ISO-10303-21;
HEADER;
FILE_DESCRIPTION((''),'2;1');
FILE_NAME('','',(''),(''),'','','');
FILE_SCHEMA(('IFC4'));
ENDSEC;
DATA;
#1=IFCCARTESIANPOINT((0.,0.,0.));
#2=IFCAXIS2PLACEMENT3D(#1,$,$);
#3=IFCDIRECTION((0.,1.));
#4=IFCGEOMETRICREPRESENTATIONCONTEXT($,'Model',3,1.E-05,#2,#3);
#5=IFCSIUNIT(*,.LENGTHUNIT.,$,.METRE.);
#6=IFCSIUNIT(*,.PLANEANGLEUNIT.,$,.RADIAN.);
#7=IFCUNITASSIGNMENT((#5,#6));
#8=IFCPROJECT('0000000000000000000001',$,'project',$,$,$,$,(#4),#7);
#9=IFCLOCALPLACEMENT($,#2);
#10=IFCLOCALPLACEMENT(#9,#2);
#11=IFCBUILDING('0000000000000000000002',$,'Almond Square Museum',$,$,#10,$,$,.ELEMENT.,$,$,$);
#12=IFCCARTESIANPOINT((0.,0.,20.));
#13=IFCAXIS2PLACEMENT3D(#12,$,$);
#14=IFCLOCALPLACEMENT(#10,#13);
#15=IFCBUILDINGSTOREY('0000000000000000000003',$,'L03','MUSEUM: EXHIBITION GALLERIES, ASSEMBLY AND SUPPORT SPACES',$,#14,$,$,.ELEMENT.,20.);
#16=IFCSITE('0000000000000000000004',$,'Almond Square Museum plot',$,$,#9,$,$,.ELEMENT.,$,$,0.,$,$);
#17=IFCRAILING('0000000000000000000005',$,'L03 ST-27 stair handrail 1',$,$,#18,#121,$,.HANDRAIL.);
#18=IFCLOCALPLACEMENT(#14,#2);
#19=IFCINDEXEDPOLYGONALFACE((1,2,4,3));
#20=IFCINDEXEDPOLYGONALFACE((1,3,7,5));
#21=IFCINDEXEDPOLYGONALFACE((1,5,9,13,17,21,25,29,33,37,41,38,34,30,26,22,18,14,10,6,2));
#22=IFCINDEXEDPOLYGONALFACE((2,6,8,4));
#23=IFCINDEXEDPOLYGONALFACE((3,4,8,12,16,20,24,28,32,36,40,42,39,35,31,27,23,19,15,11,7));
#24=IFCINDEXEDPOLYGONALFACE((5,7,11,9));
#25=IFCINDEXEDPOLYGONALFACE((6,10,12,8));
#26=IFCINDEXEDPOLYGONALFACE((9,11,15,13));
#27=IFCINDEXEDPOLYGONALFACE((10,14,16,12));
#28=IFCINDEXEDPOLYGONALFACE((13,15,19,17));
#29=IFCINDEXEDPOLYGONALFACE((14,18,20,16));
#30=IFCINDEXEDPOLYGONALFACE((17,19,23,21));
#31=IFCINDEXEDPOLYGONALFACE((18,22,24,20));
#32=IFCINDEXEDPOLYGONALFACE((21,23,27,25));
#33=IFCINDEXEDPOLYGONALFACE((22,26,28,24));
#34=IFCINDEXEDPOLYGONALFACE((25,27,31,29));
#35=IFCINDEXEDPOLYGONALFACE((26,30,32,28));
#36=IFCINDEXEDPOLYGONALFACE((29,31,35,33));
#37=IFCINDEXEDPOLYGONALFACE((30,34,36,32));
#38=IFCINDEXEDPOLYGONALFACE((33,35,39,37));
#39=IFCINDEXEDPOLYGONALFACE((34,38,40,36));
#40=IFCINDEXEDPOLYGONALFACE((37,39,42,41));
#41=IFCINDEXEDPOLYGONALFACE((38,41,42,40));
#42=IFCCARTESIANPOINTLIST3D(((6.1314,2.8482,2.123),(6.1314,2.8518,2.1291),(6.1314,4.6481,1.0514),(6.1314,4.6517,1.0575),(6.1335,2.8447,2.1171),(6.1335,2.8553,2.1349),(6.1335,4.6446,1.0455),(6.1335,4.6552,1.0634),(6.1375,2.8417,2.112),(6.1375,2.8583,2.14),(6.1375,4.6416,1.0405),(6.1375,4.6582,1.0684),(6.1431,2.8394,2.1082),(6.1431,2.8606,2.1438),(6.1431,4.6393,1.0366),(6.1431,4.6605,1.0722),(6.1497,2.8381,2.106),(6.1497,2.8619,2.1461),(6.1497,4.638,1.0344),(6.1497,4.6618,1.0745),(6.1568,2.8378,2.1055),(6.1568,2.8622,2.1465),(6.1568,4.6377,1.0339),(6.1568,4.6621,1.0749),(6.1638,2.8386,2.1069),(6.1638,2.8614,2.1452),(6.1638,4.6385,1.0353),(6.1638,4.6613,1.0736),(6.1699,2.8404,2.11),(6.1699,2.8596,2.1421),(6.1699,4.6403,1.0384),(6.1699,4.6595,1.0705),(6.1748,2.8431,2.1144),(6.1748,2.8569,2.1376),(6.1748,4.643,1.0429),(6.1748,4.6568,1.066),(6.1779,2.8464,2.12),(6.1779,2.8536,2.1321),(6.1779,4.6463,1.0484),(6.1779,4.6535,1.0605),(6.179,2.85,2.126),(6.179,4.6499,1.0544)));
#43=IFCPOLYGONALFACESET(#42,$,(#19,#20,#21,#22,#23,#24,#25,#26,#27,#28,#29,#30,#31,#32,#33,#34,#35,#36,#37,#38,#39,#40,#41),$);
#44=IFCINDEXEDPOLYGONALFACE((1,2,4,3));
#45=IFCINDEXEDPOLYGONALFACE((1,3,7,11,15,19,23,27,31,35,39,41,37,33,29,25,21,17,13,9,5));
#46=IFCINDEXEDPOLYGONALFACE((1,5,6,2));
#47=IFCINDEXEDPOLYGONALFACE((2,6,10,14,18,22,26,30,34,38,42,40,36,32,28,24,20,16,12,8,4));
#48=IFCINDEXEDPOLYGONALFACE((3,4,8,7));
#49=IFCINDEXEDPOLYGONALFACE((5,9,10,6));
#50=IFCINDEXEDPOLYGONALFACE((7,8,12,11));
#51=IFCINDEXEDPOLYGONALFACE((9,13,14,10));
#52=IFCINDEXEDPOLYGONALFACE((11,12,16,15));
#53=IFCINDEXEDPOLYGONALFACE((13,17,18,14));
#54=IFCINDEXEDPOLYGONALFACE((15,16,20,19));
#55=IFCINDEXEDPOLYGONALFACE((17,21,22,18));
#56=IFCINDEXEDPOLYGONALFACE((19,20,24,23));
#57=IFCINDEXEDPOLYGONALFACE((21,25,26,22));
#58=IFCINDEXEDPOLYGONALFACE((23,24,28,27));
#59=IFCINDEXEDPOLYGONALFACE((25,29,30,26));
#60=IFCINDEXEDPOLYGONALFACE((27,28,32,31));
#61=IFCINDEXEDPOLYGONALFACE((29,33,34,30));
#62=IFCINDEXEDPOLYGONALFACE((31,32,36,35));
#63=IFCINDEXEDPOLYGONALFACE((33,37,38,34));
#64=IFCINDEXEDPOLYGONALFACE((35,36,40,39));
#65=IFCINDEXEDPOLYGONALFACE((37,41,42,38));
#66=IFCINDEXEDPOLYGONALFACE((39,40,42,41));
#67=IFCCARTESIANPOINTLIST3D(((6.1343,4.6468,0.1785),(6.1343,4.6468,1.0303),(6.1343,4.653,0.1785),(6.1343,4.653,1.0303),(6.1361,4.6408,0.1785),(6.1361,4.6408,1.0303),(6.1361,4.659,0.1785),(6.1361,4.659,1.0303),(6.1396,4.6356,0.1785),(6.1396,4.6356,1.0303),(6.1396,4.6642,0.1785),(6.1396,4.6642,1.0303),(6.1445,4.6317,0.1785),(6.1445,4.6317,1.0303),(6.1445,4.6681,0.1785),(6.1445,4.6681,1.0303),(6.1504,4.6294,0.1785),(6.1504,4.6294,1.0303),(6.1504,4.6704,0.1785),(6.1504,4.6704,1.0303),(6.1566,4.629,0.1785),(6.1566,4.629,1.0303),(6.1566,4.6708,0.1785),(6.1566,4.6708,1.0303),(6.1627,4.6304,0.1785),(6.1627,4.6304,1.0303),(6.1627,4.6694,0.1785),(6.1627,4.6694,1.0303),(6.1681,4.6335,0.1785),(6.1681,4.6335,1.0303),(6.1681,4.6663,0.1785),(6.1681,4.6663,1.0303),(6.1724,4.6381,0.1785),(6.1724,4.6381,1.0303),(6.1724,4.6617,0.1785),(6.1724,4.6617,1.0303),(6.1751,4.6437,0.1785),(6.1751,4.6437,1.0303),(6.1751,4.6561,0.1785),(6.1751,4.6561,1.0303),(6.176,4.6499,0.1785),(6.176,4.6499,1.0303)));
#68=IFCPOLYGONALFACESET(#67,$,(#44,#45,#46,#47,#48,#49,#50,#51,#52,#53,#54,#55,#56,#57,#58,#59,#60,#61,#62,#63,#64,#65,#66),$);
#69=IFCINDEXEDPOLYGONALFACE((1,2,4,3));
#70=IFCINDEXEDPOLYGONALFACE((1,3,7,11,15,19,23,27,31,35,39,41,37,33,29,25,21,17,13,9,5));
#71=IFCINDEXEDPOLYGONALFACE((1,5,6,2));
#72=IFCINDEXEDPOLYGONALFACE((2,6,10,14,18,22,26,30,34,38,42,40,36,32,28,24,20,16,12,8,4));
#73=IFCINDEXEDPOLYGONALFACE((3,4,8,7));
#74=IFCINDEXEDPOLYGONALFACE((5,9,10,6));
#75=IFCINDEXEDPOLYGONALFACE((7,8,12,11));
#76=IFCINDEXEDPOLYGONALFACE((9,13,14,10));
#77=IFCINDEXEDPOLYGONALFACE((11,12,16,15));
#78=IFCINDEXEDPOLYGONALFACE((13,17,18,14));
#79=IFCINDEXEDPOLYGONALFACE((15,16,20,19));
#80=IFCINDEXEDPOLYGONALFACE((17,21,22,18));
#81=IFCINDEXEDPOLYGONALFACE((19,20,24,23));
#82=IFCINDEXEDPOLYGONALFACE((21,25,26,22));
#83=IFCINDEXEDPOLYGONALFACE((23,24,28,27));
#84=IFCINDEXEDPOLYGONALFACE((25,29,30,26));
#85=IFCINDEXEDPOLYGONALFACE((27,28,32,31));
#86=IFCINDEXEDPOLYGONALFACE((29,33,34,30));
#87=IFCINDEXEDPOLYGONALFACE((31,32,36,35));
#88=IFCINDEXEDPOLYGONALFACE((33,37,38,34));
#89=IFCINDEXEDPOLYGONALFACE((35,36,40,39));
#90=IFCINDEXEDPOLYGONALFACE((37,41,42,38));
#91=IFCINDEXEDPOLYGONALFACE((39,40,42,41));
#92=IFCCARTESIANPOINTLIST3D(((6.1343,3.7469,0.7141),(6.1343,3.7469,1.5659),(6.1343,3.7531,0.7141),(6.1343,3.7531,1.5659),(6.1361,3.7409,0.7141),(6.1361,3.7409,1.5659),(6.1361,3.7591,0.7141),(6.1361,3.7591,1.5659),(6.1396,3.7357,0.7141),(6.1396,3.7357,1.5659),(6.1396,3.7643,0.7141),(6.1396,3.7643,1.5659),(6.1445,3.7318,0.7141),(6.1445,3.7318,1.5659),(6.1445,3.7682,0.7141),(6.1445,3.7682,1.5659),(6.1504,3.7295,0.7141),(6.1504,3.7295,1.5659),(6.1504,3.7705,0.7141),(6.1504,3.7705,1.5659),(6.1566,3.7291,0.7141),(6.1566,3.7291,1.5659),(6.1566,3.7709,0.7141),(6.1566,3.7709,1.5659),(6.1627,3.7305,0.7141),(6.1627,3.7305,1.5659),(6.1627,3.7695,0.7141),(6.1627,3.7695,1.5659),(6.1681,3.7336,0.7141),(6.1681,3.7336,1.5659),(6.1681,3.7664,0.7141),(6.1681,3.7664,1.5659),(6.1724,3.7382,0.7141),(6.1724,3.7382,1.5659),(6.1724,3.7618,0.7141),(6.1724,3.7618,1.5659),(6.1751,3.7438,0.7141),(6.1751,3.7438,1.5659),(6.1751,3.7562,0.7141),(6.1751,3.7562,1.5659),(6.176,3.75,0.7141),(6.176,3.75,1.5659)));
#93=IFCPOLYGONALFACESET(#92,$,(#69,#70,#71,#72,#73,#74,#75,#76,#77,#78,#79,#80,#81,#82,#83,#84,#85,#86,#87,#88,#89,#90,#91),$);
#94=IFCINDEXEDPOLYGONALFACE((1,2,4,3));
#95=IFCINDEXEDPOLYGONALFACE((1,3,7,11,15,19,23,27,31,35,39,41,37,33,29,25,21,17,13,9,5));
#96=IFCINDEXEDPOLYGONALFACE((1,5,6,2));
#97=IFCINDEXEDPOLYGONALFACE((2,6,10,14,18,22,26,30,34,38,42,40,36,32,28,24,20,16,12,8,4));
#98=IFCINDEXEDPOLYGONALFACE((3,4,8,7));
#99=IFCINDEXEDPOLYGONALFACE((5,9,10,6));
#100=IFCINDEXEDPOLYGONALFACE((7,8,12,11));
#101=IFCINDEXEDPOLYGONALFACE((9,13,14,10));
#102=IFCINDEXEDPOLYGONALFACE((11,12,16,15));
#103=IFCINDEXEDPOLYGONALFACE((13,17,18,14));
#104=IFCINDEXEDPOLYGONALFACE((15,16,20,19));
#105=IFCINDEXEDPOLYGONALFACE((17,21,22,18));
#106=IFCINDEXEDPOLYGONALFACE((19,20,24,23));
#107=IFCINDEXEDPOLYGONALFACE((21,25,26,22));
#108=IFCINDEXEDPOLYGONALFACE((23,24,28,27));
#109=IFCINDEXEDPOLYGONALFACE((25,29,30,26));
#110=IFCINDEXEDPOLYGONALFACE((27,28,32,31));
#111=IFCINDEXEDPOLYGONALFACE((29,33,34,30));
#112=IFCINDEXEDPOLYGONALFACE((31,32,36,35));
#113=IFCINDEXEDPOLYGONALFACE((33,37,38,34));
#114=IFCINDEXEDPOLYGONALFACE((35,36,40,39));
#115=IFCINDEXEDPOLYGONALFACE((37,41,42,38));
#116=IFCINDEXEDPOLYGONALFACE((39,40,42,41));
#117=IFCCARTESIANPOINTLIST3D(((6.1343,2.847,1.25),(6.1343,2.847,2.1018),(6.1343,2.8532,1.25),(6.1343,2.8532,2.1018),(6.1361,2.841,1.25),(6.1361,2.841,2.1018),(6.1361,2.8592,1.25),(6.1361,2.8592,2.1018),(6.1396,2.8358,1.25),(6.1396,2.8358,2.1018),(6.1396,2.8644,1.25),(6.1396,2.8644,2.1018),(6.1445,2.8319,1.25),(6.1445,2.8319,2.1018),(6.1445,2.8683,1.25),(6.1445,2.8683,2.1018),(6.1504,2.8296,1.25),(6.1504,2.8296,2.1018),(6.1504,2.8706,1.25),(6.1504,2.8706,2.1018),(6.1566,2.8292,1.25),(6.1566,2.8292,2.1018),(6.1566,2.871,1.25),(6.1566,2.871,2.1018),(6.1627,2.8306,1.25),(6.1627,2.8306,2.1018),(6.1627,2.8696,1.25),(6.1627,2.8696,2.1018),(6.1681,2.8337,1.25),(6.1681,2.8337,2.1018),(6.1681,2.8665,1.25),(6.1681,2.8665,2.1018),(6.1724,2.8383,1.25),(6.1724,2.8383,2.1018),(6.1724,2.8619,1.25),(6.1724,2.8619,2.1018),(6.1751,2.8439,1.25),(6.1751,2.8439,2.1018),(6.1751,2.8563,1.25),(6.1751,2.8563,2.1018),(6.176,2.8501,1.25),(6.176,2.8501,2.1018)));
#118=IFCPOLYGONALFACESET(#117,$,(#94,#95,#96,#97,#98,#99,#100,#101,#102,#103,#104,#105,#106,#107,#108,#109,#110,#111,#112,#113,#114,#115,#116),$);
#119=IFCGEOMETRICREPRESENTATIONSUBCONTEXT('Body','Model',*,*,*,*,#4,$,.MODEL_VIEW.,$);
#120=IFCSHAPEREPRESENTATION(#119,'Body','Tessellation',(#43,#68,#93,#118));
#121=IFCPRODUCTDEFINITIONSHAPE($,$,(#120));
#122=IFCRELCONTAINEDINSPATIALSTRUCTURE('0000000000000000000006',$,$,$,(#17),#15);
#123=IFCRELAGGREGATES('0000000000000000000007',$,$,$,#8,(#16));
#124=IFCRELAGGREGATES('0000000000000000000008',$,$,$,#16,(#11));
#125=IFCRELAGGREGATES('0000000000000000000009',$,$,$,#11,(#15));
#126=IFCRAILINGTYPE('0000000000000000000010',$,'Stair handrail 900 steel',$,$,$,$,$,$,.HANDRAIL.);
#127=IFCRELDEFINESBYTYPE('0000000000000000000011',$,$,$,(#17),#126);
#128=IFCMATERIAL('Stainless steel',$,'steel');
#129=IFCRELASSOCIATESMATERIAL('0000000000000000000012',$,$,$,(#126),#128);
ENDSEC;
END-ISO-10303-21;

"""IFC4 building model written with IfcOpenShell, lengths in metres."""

from ifc_helpers import new_model, si_unit, direction, frame, origin, origin_2d, place, context, subcontext, project, spatial, circle, extrude, material, type_object, element, save


model = new_model("IFC4")

# Units and contexts
model_context = context("Model", 3, precision=1e-05, world=origin(), true_north=direction((0.0, 1.0)))
body_context = subcontext(model_context, "Body", "Model", "MODEL_VIEW")
ifc_project = project(units=[si_unit("LENGTHUNIT", "METRE"), si_unit("PLANEANGLEUNIT", "RADIAN")], contexts=[model_context])

# Site, building, storey
site_placement = place(None, origin())
site = spatial("IfcSite", under=ifc_project, at=site_placement, Name="Almond Square Museum plot", CompositionType="ELEMENT", RefElevation=0.0)
building_placement = place(site_placement, origin())
building = spatial("IfcBuilding", under=site, at=building_placement, Name="Almond Square Museum", CompositionType="ELEMENT")
storey_placement = place(building_placement, frame((0.0, 0.0, 20.0)))
storey = spatial("IfcBuildingStorey", under=building, at=storey_placement, Name="L03", Description="MUSEUM: EXHIBITION GALLERIES, ASSEMBLY AND SUPPORT SPACES", CompositionType="ELEMENT", Elevation=20.0)

# Railing
ifc_material_1 = material(Name="Stainless steel", Category="steel")
railing_type_1 = type_object("IfcRailingType", Name="Stair handrail 900 steel", PredefinedType="HANDRAIL", material=ifc_material_1)
railing_1_placement = place(storey_placement, frame((6.155, 4.6499, 0.1785)))
element("IfcRailing", 1, at=railing_1_placement, inside=storey, type_object=railing_type_1, Name="L03 ST-27 stair handrail 1", PredefinedType="HANDRAIL", context=body_context, shape_type="SweptSolid", body=[
    extrude(circle(Radius=0.0239, at=origin_2d()), frame((0.0, 0.0, 0.876), z_axis=(0.0, -0.859247, 0.511562), x_axis=(1.0, 0.0, 0.0)), (0.0, 0.0, 1.0), 2.0947),
    extrude(circle(Radius=0.021, at=origin_2d()), origin(), (0.0, 0.0, 1.0), 0.8518),
    extrude(circle(Radius=0.021, at=origin_2d()), frame((0.0, -0.8999, 0.5356)), (0.0, 0.0, 1.0), 0.8518),
    extrude(circle(Radius=0.021, at=origin_2d()), frame((0.0, -1.7998, 1.0715)), (0.0, 0.0, 1.0), 0.8518),
])

save(model, "model.ifc")
